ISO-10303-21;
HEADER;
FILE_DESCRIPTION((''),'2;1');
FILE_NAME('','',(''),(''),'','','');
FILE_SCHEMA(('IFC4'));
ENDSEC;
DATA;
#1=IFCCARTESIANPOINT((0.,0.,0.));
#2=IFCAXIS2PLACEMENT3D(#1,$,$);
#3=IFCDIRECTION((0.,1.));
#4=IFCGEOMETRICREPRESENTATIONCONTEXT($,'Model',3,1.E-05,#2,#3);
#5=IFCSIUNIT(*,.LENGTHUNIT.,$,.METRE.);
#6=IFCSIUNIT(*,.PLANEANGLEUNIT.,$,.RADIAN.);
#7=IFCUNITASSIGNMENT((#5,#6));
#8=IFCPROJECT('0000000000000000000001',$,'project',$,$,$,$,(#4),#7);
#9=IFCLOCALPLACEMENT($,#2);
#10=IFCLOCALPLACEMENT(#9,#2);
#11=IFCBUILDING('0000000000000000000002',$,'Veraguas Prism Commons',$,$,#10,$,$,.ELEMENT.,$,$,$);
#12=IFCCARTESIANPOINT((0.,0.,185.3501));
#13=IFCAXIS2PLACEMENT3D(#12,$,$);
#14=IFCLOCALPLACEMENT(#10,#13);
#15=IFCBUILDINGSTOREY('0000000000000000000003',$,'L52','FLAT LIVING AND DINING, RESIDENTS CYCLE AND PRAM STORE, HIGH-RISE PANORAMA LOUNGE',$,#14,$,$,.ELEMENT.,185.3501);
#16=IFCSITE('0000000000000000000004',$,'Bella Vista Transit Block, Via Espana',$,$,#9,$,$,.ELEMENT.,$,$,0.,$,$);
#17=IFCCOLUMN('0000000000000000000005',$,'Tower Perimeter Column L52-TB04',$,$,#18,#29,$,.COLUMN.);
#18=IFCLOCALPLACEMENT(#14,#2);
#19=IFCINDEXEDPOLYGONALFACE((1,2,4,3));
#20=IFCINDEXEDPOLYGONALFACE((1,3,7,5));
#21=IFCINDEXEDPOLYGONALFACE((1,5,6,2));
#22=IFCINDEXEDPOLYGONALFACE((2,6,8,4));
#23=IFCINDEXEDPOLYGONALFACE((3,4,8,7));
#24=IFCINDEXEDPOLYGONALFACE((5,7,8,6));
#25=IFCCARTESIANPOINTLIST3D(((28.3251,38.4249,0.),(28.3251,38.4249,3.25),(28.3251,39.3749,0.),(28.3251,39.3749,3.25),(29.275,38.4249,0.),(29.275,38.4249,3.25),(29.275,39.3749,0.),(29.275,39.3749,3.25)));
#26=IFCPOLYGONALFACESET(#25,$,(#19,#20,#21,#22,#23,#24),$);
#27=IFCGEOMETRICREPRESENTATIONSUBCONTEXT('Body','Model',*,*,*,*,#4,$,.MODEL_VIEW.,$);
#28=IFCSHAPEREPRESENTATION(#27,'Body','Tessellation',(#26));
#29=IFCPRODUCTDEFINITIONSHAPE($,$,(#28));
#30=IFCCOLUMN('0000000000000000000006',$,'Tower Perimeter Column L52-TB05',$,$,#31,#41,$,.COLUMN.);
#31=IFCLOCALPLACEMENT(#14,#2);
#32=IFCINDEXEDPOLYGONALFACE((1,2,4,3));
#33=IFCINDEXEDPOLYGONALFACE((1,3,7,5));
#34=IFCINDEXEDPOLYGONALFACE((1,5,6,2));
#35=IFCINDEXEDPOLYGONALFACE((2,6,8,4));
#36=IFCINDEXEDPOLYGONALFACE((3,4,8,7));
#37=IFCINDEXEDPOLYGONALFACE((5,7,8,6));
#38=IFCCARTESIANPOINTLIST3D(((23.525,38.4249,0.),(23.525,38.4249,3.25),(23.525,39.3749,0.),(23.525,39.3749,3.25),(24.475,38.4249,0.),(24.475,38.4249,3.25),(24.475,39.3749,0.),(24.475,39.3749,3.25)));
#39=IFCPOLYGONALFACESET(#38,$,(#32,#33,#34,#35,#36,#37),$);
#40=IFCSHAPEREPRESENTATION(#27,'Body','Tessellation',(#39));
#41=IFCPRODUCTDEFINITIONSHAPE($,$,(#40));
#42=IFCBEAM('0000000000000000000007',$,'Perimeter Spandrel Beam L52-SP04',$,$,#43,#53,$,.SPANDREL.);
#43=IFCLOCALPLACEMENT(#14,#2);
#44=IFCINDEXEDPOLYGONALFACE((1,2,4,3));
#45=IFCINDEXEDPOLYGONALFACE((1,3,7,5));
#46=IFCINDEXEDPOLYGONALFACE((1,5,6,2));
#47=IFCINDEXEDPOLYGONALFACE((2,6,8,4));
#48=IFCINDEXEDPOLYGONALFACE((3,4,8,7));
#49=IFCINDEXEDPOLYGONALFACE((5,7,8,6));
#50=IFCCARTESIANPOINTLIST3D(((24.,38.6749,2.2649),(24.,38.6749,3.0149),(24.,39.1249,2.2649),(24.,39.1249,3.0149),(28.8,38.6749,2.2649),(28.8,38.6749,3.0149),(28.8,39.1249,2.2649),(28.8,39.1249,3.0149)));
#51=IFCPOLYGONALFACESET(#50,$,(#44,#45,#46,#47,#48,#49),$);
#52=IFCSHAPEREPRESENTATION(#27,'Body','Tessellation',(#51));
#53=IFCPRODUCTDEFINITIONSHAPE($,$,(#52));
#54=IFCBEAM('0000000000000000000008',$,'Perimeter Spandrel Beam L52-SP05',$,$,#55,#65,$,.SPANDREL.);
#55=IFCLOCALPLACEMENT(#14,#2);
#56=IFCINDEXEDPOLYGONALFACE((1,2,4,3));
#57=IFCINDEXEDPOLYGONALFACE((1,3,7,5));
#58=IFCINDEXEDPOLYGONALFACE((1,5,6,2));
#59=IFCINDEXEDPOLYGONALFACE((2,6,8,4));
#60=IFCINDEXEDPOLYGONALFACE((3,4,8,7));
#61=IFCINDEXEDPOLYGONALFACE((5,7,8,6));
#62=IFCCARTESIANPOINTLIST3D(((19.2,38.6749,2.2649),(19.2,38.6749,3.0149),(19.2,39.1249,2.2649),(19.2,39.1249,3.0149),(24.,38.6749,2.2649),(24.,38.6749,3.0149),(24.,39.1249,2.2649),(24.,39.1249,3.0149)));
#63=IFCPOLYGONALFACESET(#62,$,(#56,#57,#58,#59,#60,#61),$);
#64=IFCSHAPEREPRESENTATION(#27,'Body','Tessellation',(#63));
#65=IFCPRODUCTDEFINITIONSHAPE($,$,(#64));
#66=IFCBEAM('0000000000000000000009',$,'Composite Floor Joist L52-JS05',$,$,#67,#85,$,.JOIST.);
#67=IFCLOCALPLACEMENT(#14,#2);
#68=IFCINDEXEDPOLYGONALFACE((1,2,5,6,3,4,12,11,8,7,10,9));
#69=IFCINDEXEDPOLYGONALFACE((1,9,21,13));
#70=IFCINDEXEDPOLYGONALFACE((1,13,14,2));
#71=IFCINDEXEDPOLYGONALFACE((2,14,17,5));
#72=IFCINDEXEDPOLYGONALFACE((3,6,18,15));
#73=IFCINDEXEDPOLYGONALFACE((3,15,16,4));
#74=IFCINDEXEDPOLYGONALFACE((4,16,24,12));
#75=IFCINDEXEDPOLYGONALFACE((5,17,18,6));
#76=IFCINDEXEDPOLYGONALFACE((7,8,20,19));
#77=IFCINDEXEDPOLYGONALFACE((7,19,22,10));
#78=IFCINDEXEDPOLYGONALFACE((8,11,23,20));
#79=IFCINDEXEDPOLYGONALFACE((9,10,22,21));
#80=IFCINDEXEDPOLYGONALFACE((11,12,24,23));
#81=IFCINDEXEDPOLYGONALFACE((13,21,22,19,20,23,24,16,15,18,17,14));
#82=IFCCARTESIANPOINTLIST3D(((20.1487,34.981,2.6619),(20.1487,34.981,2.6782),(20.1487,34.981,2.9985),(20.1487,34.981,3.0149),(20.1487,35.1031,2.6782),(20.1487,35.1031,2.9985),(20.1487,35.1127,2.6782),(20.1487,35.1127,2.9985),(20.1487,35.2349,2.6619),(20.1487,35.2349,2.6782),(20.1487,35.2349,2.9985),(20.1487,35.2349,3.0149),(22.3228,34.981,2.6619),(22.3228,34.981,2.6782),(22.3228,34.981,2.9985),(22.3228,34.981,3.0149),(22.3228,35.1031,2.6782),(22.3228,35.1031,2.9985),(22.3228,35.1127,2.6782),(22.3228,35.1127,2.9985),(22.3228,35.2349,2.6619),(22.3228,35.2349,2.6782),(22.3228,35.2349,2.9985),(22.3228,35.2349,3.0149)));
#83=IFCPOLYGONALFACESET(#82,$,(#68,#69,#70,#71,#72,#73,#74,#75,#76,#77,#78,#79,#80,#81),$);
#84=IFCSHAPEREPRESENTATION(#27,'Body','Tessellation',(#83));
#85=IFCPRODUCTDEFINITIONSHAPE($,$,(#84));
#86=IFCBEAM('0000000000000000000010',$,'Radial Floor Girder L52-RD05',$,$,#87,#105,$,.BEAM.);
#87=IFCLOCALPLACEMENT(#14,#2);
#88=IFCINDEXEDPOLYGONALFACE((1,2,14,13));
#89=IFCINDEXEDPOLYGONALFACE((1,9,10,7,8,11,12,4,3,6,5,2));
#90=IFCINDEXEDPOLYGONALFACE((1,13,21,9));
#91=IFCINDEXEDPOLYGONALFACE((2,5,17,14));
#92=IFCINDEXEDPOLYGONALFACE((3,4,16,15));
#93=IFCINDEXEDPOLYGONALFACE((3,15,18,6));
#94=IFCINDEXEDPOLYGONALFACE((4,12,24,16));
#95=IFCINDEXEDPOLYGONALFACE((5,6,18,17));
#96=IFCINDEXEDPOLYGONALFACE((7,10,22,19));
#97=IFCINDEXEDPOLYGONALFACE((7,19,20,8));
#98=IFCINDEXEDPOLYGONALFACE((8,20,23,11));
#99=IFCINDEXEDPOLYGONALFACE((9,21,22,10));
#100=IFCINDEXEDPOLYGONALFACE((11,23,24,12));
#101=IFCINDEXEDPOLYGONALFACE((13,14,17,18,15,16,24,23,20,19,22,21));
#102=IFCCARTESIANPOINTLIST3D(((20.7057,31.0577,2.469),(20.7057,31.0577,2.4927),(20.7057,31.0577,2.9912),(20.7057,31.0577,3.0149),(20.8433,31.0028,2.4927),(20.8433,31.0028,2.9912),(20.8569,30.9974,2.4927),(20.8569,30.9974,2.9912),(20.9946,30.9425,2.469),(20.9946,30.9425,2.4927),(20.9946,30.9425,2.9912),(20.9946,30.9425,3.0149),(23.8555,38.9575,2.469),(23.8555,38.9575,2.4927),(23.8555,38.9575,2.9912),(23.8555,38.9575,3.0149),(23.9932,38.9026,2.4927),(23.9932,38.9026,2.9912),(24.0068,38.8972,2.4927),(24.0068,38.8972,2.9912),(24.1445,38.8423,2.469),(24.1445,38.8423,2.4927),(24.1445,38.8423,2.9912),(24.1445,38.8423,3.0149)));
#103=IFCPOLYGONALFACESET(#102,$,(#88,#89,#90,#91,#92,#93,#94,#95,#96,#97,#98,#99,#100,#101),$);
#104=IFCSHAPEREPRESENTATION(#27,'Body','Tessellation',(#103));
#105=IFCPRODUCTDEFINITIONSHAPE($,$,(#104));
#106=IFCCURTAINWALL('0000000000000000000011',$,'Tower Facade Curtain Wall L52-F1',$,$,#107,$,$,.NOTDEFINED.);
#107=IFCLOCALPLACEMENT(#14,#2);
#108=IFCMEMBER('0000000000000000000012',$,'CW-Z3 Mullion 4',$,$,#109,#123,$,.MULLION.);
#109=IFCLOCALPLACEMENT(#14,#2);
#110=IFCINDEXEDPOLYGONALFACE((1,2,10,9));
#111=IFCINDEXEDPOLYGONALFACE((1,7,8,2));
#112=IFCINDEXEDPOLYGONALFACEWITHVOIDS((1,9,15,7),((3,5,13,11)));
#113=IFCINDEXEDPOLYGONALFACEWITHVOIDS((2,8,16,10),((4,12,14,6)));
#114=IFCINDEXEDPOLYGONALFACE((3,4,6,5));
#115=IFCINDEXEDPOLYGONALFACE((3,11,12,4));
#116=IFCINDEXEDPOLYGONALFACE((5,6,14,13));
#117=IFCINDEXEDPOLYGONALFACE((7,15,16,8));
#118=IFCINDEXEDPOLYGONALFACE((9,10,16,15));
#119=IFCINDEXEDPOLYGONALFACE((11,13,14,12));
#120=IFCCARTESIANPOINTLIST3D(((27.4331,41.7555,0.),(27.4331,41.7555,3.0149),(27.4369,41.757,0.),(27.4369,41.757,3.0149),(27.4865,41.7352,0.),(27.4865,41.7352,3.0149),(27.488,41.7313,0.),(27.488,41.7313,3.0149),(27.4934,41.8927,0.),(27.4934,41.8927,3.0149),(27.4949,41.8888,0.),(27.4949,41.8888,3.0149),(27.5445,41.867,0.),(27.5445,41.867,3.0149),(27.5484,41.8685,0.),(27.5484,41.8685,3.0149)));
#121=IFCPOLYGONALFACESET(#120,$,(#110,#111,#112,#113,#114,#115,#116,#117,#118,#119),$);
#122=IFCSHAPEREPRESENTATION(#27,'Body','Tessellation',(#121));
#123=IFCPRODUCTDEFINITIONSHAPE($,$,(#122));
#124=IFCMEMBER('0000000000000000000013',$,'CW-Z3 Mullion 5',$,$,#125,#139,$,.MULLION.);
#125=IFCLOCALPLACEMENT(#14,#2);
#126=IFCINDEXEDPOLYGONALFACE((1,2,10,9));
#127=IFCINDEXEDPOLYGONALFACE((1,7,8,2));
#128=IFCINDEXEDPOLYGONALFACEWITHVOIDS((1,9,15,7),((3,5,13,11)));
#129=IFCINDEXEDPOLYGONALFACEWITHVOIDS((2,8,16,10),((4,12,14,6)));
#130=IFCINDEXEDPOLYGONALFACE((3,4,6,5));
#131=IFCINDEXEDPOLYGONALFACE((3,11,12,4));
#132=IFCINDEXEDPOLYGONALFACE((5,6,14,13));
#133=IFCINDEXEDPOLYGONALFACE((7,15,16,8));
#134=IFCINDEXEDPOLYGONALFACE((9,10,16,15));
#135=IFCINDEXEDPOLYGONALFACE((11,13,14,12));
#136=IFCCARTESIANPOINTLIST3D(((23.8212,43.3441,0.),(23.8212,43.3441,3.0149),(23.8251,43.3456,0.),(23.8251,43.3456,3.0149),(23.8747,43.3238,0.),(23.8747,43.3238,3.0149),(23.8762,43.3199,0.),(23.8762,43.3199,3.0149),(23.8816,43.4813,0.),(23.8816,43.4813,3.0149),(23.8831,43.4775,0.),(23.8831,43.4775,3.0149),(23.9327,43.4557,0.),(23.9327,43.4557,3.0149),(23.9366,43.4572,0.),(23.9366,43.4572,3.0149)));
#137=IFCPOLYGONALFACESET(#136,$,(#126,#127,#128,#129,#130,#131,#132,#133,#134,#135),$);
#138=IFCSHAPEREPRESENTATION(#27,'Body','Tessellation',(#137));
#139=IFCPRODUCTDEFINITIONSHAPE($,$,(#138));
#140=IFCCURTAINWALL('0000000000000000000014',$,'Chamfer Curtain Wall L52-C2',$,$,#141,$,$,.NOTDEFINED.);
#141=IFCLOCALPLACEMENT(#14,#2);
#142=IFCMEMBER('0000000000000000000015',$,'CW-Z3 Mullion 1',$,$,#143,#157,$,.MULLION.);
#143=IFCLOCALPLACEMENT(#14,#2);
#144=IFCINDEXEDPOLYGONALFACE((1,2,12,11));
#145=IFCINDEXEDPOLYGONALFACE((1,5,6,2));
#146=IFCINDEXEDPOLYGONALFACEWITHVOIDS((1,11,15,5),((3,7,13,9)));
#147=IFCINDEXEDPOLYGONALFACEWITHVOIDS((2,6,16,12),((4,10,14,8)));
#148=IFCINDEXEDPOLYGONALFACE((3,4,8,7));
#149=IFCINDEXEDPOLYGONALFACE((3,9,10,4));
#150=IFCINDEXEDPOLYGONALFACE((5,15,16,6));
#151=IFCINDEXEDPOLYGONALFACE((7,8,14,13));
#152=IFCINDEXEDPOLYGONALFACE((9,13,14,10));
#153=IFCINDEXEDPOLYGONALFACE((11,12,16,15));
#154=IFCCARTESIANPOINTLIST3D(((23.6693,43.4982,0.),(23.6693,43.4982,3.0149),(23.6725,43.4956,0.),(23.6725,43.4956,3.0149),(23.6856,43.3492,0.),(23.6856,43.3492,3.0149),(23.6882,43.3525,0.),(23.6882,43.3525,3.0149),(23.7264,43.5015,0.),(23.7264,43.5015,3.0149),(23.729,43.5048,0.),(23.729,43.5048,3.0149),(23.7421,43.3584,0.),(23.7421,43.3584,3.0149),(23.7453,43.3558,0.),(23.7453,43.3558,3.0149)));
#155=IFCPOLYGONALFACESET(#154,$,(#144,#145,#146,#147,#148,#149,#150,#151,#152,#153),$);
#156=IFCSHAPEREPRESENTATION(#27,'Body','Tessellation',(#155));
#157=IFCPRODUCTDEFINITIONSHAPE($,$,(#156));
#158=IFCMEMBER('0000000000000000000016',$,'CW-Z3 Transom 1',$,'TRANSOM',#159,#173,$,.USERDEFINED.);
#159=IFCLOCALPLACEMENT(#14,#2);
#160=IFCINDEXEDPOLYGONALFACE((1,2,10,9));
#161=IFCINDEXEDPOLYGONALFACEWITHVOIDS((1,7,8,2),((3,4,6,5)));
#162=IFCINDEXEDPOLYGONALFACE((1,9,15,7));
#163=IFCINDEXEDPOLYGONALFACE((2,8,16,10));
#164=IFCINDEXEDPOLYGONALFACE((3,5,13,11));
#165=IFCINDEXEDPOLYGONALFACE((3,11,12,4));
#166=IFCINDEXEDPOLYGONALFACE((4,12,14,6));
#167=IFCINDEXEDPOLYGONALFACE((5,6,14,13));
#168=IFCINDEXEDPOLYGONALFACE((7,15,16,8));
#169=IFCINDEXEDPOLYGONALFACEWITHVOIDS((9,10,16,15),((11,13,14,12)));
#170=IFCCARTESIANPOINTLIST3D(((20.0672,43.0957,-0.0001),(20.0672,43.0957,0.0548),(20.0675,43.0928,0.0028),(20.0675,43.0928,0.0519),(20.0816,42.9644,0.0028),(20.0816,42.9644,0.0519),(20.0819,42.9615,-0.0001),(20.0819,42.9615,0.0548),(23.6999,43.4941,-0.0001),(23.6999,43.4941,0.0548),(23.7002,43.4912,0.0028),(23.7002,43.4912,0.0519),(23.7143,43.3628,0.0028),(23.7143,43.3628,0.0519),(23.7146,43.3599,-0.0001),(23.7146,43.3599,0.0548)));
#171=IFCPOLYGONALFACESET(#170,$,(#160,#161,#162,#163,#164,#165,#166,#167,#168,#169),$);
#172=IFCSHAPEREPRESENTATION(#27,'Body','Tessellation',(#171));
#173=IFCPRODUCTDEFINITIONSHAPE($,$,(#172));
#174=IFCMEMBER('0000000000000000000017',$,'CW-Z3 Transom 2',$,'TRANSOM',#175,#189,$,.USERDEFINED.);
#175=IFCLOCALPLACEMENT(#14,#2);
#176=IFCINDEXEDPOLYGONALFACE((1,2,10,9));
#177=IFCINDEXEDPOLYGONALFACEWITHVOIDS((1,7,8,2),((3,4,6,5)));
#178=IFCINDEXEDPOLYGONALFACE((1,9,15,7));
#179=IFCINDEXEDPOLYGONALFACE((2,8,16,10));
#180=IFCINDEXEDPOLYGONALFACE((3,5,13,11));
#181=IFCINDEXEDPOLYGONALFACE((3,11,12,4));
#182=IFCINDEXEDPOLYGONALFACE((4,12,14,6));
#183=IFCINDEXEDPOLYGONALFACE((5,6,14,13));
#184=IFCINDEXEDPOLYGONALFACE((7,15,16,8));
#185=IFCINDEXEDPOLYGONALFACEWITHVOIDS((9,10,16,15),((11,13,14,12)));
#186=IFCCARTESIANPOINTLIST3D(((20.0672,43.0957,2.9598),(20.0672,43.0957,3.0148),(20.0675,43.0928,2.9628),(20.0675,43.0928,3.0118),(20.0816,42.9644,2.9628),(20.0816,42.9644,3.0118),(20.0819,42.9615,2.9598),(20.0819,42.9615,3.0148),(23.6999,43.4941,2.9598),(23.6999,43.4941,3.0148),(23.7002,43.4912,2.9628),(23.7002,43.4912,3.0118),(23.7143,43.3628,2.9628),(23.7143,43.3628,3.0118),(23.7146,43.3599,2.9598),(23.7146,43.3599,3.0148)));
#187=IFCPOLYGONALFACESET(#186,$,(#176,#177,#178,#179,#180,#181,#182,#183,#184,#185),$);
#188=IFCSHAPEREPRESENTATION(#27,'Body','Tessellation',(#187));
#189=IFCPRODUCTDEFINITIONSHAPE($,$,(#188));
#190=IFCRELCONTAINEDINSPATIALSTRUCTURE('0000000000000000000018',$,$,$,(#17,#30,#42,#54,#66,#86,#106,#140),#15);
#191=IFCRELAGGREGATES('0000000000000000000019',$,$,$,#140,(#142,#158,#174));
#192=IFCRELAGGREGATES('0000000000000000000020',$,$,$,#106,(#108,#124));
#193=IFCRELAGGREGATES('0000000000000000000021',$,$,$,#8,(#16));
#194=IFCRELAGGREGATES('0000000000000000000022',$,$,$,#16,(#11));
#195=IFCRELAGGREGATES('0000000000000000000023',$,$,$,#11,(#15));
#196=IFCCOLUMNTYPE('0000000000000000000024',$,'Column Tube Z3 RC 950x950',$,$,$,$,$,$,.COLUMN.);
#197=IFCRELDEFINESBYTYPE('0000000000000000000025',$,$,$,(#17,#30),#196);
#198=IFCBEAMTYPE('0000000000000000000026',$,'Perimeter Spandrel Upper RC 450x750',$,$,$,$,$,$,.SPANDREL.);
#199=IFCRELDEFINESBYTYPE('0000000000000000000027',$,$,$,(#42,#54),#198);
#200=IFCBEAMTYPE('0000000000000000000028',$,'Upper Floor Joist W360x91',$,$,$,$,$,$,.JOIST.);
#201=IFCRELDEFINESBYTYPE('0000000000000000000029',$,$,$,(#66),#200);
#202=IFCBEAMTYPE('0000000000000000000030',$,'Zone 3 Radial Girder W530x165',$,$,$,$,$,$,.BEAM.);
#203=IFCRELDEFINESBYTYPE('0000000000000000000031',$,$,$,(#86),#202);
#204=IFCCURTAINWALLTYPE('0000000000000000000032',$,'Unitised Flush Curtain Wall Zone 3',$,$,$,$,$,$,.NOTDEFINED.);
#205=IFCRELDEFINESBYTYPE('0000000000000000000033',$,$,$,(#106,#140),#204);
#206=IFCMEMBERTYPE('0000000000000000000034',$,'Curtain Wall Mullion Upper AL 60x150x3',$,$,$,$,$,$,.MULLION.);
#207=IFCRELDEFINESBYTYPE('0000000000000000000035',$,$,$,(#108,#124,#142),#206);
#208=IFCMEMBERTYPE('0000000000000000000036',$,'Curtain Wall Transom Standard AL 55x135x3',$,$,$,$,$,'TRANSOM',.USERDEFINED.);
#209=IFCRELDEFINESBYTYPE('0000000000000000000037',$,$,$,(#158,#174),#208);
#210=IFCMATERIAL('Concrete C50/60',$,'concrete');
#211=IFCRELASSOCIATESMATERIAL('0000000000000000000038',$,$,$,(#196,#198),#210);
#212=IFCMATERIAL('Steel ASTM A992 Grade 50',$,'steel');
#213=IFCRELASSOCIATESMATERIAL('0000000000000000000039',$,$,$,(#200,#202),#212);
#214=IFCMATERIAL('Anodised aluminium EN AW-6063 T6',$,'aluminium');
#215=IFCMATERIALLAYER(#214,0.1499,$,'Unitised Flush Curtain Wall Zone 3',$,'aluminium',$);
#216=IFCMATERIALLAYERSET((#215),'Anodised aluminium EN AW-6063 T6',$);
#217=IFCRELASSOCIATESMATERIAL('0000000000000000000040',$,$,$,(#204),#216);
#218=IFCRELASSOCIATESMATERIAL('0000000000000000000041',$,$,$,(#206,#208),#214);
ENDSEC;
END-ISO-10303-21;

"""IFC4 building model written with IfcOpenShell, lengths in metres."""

from ifc_helpers import new_model, si_unit, direction, frame, origin, origin_2d, place, context, subcontext, project, spatial, rectangle, hollow_rectangle, i_section, extrude, source, transform, mapped, material, layer, layer_set, material_profile, profile_set, type_object, element, aggregate, save


model = new_model("IFC4")

# Units and contexts
model_context = context("Model", 3, precision=1e-05, world=origin(), true_north=direction((0.0, 1.0)))
body_context = subcontext(model_context, "Body", "Model", "MODEL_VIEW")
ifc_project = project(units=[si_unit("LENGTHUNIT", "METRE"), si_unit("PLANEANGLEUNIT", "RADIAN")], contexts=[model_context])

# Site, building, storey
site_placement = place(None, origin())
site = spatial("IfcSite", under=ifc_project, at=site_placement, Name="Bella Vista Transit Block, Via Espana", CompositionType="ELEMENT", RefElevation=0.0)
building_placement = place(site_placement, origin())
building = spatial("IfcBuilding", under=site, at=building_placement, Name="Veraguas Prism Commons", CompositionType="ELEMENT")
storey_placement = place(building_placement, frame((0.0, 0.0, 185.3501)))
storey = spatial("IfcBuildingStorey", under=building, at=storey_placement, Name="L52", Description="FLAT LIVING AND DINING, RESIDENTS CYCLE AND PRAM STORE, HIGH-RISE PANORAMA LOUNGE", CompositionType="ELEMENT", Elevation=185.3501)

# Columns
ifc_material_1 = material(Name="Concrete C50/60", Category="concrete")
ifc_material_profile_1 = material_profile(ifc_material_1, rectangle(XDim=0.95, YDim=0.95, at=origin_2d()), Name="RC950X950")
ifc_profile_set_1 = profile_set([ifc_material_profile_1], Name="Concrete C50/60")
column_type = type_object("IfcColumnType", Name="Column Tube Z3 RC 950x950", PredefinedType="COLUMN", material=ifc_profile_set_1)
for number, where, z_axis, x_axis, name in (
    (1, (28.8, 38.8999, 0.0), (0.0, 0.0, 1.0), (1.0, 0.0, 0.0), "Tower Perimeter Column L52-TB04"),
    (2, (24.0, 38.8999, 0.0), (0.0, 0.0, 1.0), (1.0, 0.0, 0.0), "Tower Perimeter Column L52-TB05"),
):
    element("IfcColumn", number, at=place(storey_placement, frame(where, z_axis=z_axis, x_axis=x_axis)), inside=storey, type_object=column_type, Name=name, PredefinedType="COLUMN", context=body_context, shape_type="SweptSolid", body=[
        extrude(rectangle(XDim=0.95, YDim=0.95, at=origin_2d()), origin(), (0.0, 0.0, 1.0), 3.25),
    ])

# Beams
ifc_material_profile_2 = material_profile(ifc_material_1, rectangle(XDim=0.45, YDim=0.75, at=origin_2d()), Name="RC450X750")
ifc_profile_set_2 = profile_set([ifc_material_profile_2], Name="Concrete C50/60")
beam_type_1 = type_object("IfcBeamType", Name="Perimeter Spandrel Upper RC 450x750", PredefinedType="SPANDREL", material=ifc_profile_set_2)
for number, where, z_axis, x_axis, name in (
    (3, (28.8, 38.8999, 2.6399), (-1.0, 0.0, 0.0), (0.0, -1.0, 0.0), "Perimeter Spandrel Beam L52-SP04"),
    (4, (24.0, 38.8999, 2.6399), (-1.0, 0.0, 0.0), (0.0, -1.0, 0.0), "Perimeter Spandrel Beam L52-SP05"),
):
    element("IfcBeam", number, at=place(storey_placement, frame(where, z_axis=z_axis, x_axis=x_axis)), inside=storey, type_object=beam_type_1, Name=name, PredefinedType="SPANDREL", context=body_context, shape_type="SweptSolid", body=[
        extrude(rectangle(XDim=0.45, YDim=0.75, at=origin_2d()), origin(), (0.0, 0.0, 1.0), 4.8),
    ])
ifc_material_2 = material(Name="Steel ASTM A992 Grade 50", Category="steel")
ifc_material_profile_3 = material_profile(ifc_material_2, i_section(OverallWidth=0.2539, OverallDepth=0.353, WebThickness=0.0095, FlangeThickness=0.0164, at=origin_2d()), Name="W360X91")
ifc_profile_set_3 = profile_set([ifc_material_profile_3], Name="Steel ASTM A992 Grade 50")
beam_type_2 = type_object("IfcBeamType", Name="Upper Floor Joist W360x91", PredefinedType="JOIST", material=ifc_profile_set_3)
beam_1_placement = place(storey_placement, frame((22.3228, 35.1079, 2.8384), z_axis=(-1.0, 0.0, 0.0), x_axis=(0.0, -1.0, 0.0)))
element("IfcBeam", 5, at=beam_1_placement, inside=storey, type_object=beam_type_2, Name="Composite Floor Joist L52-JS05", PredefinedType="JOIST", context=body_context, shape_type="SweptSolid", body=[
    extrude(i_section(OverallWidth=0.2539, OverallDepth=0.353, WebThickness=0.0095, FlangeThickness=0.0164, at=origin_2d()), origin(), (0.0, 0.0, 1.0), 2.1741),
])
ifc_material_profile_4 = material_profile(ifc_material_2, i_section(OverallWidth=0.311, OverallDepth=0.5459, WebThickness=0.0146, FlangeThickness=0.0237, at=origin_2d()), Name="W530X165")
ifc_profile_set_4 = profile_set([ifc_material_profile_4], Name="Steel ASTM A992 Grade 50")
beam_type_3 = type_object("IfcBeamType", Name="Zone 3 Radial Girder W530x165", PredefinedType="BEAM", material=ifc_profile_set_4)
beam_2_placement = place(storey_placement, frame((24.0, 38.8999, 2.7419), z_axis=(-0.370371, -0.928884, 0.0), x_axis=(0.928884, -0.370371, 0.0)))
element("IfcBeam", 6, at=beam_2_placement, inside=storey, type_object=beam_type_3, Name="Radial Floor Girder L52-RD05", PredefinedType="BEAM", context=body_context, shape_type="SweptSolid", body=[
    extrude(i_section(OverallWidth=0.311, OverallDepth=0.5459, WebThickness=0.0146, FlangeThickness=0.0237, at=origin_2d()), origin(), (0.0, 0.0, 1.0), 8.5046),
])

# Curtain walls, members
ifc_material_3 = material(Name="Anodised aluminium EN AW-6063 T6", Category="aluminium")
ifc_layer_1 = layer(ifc_material_3, 0.1499, Name="Unitised Flush Curtain Wall Zone 3", Category="aluminium")
ifc_layer_set_1 = layer_set([ifc_layer_1], Name="Anodised aluminium EN AW-6063 T6")
curtain_wall_type = type_object("IfcCurtainWallType", Name="Unitised Flush Curtain Wall Zone 3", PredefinedType="NOTDEFINED", material=ifc_layer_set_1)
curtain_wall_1_placement = place(storey_placement, origin())
curtain_wall_1 = element("IfcCurtainWall", 7, at=curtain_wall_1_placement, inside=storey, type_object=curtain_wall_type, Name="Tower Facade Curtain Wall L52-F1", PredefinedType="NOTDEFINED")
ifc_material_profile_5 = material_profile(ifc_material_3, hollow_rectangle(XDim=0.0601, YDim=0.1499, WallThickness=0.0029, at=origin_2d()), Name="AL60X150X3")
ifc_profile_set_5 = profile_set([ifc_material_profile_5], Name="Anodised aluminium EN AW-6063 T6")
member_type_1 = type_object("IfcMemberType", Name="Curtain Wall Mullion Upper AL 60x150x3", PredefinedType="MULLION", material=ifc_profile_set_5)
shared_shape_1 = source(origin(), body_context, "Body", "SweptSolid", [
    extrude(hollow_rectangle(XDim=0.0601, YDim=0.1499, WallThickness=0.0029, at=origin_2d()), origin(), (0.0, 0.0, 1.0), 3.0149),
])
member_1_placement = place(storey_placement, frame((27.4907, 41.812, 0.0), z_axis=(0.0, 0.0, 1.0), x_axis=(-0.915385, 0.402581, 0.0)))
member_1 = element("IfcMember", 8, at=member_1_placement, type_object=member_type_1, Name="CW-Z3 Mullion 4", PredefinedType="MULLION", context=body_context, shape_type="MappedRepresentation", body=[
    mapped(shared_shape_1, transform((0.0, 0.0, 0.0), scale=1.0)),
])
member_2_placement = place(storey_placement, frame((23.8789, 43.4006, 0.0), z_axis=(0.0, 0.0, 1.0), x_axis=(-0.915385, 0.402581, 0.0)))
member_2 = element("IfcMember", 9, at=member_2_placement, type_object=member_type_1, Name="CW-Z3 Mullion 5", PredefinedType="MULLION", context=body_context, shape_type="MappedRepresentation", body=[
    mapped(shared_shape_1, transform((0.0, 0.0, 0.0), scale=1.0)),
])
curtain_wall_2_placement = place(storey_placement, origin())
curtain_wall_2 = element("IfcCurtainWall", 10, at=curtain_wall_2_placement, inside=storey, type_object=curtain_wall_type, Name="Chamfer Curtain Wall L52-C2", PredefinedType="NOTDEFINED")
member_3_placement = place(storey_placement, frame((23.7073, 43.427, 0.0), z_axis=(0.0, 0.0, 1.0), x_axis=(-0.994035, -0.109061, 0.0)))
member_3 = element("IfcMember", 11, at=member_3_placement, type_object=member_type_1, Name="CW-Z3 Mullion 1", PredefinedType="MULLION", context=body_context, shape_type="MappedRepresentation", body=[
    mapped(shared_shape_1, transform((0.0, 0.0, 0.0), scale=1.0)),
])
ifc_material_profile_6 = material_profile(ifc_material_3, hollow_rectangle(XDim=0.0549, YDim=0.135, WallThickness=0.0029, at=origin_2d()), Name="AL55X135X3")
ifc_profile_set_6 = profile_set([ifc_material_profile_6], Name="Anodised aluminium EN AW-6063 T6")
member_type_2 = type_object("IfcMemberType", Name="Curtain Wall Transom Standard AL 55x135x3", ElementType="TRANSOM", PredefinedType="USERDEFINED", material=ifc_profile_set_6)
shared_shape_2 = source(origin(), body_context, "Body", "SweptSolid", [
    extrude(hollow_rectangle(XDim=0.0549, YDim=0.135, WallThickness=0.0029, at=origin_2d()), origin(), (0.0, 0.0, 1.0), 3.6545),
])
member_4_placement = place(storey_placement, frame((23.7073, 43.427, 0.0273), z_axis=(-0.994039, -0.109024, 0.0), x_axis=(0.0, 0.0, 1.0)))
member_4 = element("IfcMember", 12, at=member_4_placement, type_object=member_type_2, Name="CW-Z3 Transom 1", ObjectType="TRANSOM", PredefinedType="USERDEFINED", context=body_context, shape_type="MappedRepresentation", body=[
    mapped(shared_shape_2, transform((0.0, 0.0, 0.0), scale=1.0)),
])
member_5_placement = place(storey_placement, frame((23.7073, 43.427, 2.9873), z_axis=(-0.994039, -0.109024, 0.0), x_axis=(0.0, 0.0, 1.0)))
member_5 = element("IfcMember", 13, at=member_5_placement, type_object=member_type_2, Name="CW-Z3 Transom 2", ObjectType="TRANSOM", PredefinedType="USERDEFINED", context=body_context, shape_type="MappedRepresentation", body=[
    mapped(shared_shape_2, transform((0.0, 0.0, 0.0), scale=1.0)),
])
aggregate(curtain_wall_2, [member_3, member_4, member_5])

aggregate(curtain_wall_1, [member_1, member_2])

save(model, "model.ifc")
